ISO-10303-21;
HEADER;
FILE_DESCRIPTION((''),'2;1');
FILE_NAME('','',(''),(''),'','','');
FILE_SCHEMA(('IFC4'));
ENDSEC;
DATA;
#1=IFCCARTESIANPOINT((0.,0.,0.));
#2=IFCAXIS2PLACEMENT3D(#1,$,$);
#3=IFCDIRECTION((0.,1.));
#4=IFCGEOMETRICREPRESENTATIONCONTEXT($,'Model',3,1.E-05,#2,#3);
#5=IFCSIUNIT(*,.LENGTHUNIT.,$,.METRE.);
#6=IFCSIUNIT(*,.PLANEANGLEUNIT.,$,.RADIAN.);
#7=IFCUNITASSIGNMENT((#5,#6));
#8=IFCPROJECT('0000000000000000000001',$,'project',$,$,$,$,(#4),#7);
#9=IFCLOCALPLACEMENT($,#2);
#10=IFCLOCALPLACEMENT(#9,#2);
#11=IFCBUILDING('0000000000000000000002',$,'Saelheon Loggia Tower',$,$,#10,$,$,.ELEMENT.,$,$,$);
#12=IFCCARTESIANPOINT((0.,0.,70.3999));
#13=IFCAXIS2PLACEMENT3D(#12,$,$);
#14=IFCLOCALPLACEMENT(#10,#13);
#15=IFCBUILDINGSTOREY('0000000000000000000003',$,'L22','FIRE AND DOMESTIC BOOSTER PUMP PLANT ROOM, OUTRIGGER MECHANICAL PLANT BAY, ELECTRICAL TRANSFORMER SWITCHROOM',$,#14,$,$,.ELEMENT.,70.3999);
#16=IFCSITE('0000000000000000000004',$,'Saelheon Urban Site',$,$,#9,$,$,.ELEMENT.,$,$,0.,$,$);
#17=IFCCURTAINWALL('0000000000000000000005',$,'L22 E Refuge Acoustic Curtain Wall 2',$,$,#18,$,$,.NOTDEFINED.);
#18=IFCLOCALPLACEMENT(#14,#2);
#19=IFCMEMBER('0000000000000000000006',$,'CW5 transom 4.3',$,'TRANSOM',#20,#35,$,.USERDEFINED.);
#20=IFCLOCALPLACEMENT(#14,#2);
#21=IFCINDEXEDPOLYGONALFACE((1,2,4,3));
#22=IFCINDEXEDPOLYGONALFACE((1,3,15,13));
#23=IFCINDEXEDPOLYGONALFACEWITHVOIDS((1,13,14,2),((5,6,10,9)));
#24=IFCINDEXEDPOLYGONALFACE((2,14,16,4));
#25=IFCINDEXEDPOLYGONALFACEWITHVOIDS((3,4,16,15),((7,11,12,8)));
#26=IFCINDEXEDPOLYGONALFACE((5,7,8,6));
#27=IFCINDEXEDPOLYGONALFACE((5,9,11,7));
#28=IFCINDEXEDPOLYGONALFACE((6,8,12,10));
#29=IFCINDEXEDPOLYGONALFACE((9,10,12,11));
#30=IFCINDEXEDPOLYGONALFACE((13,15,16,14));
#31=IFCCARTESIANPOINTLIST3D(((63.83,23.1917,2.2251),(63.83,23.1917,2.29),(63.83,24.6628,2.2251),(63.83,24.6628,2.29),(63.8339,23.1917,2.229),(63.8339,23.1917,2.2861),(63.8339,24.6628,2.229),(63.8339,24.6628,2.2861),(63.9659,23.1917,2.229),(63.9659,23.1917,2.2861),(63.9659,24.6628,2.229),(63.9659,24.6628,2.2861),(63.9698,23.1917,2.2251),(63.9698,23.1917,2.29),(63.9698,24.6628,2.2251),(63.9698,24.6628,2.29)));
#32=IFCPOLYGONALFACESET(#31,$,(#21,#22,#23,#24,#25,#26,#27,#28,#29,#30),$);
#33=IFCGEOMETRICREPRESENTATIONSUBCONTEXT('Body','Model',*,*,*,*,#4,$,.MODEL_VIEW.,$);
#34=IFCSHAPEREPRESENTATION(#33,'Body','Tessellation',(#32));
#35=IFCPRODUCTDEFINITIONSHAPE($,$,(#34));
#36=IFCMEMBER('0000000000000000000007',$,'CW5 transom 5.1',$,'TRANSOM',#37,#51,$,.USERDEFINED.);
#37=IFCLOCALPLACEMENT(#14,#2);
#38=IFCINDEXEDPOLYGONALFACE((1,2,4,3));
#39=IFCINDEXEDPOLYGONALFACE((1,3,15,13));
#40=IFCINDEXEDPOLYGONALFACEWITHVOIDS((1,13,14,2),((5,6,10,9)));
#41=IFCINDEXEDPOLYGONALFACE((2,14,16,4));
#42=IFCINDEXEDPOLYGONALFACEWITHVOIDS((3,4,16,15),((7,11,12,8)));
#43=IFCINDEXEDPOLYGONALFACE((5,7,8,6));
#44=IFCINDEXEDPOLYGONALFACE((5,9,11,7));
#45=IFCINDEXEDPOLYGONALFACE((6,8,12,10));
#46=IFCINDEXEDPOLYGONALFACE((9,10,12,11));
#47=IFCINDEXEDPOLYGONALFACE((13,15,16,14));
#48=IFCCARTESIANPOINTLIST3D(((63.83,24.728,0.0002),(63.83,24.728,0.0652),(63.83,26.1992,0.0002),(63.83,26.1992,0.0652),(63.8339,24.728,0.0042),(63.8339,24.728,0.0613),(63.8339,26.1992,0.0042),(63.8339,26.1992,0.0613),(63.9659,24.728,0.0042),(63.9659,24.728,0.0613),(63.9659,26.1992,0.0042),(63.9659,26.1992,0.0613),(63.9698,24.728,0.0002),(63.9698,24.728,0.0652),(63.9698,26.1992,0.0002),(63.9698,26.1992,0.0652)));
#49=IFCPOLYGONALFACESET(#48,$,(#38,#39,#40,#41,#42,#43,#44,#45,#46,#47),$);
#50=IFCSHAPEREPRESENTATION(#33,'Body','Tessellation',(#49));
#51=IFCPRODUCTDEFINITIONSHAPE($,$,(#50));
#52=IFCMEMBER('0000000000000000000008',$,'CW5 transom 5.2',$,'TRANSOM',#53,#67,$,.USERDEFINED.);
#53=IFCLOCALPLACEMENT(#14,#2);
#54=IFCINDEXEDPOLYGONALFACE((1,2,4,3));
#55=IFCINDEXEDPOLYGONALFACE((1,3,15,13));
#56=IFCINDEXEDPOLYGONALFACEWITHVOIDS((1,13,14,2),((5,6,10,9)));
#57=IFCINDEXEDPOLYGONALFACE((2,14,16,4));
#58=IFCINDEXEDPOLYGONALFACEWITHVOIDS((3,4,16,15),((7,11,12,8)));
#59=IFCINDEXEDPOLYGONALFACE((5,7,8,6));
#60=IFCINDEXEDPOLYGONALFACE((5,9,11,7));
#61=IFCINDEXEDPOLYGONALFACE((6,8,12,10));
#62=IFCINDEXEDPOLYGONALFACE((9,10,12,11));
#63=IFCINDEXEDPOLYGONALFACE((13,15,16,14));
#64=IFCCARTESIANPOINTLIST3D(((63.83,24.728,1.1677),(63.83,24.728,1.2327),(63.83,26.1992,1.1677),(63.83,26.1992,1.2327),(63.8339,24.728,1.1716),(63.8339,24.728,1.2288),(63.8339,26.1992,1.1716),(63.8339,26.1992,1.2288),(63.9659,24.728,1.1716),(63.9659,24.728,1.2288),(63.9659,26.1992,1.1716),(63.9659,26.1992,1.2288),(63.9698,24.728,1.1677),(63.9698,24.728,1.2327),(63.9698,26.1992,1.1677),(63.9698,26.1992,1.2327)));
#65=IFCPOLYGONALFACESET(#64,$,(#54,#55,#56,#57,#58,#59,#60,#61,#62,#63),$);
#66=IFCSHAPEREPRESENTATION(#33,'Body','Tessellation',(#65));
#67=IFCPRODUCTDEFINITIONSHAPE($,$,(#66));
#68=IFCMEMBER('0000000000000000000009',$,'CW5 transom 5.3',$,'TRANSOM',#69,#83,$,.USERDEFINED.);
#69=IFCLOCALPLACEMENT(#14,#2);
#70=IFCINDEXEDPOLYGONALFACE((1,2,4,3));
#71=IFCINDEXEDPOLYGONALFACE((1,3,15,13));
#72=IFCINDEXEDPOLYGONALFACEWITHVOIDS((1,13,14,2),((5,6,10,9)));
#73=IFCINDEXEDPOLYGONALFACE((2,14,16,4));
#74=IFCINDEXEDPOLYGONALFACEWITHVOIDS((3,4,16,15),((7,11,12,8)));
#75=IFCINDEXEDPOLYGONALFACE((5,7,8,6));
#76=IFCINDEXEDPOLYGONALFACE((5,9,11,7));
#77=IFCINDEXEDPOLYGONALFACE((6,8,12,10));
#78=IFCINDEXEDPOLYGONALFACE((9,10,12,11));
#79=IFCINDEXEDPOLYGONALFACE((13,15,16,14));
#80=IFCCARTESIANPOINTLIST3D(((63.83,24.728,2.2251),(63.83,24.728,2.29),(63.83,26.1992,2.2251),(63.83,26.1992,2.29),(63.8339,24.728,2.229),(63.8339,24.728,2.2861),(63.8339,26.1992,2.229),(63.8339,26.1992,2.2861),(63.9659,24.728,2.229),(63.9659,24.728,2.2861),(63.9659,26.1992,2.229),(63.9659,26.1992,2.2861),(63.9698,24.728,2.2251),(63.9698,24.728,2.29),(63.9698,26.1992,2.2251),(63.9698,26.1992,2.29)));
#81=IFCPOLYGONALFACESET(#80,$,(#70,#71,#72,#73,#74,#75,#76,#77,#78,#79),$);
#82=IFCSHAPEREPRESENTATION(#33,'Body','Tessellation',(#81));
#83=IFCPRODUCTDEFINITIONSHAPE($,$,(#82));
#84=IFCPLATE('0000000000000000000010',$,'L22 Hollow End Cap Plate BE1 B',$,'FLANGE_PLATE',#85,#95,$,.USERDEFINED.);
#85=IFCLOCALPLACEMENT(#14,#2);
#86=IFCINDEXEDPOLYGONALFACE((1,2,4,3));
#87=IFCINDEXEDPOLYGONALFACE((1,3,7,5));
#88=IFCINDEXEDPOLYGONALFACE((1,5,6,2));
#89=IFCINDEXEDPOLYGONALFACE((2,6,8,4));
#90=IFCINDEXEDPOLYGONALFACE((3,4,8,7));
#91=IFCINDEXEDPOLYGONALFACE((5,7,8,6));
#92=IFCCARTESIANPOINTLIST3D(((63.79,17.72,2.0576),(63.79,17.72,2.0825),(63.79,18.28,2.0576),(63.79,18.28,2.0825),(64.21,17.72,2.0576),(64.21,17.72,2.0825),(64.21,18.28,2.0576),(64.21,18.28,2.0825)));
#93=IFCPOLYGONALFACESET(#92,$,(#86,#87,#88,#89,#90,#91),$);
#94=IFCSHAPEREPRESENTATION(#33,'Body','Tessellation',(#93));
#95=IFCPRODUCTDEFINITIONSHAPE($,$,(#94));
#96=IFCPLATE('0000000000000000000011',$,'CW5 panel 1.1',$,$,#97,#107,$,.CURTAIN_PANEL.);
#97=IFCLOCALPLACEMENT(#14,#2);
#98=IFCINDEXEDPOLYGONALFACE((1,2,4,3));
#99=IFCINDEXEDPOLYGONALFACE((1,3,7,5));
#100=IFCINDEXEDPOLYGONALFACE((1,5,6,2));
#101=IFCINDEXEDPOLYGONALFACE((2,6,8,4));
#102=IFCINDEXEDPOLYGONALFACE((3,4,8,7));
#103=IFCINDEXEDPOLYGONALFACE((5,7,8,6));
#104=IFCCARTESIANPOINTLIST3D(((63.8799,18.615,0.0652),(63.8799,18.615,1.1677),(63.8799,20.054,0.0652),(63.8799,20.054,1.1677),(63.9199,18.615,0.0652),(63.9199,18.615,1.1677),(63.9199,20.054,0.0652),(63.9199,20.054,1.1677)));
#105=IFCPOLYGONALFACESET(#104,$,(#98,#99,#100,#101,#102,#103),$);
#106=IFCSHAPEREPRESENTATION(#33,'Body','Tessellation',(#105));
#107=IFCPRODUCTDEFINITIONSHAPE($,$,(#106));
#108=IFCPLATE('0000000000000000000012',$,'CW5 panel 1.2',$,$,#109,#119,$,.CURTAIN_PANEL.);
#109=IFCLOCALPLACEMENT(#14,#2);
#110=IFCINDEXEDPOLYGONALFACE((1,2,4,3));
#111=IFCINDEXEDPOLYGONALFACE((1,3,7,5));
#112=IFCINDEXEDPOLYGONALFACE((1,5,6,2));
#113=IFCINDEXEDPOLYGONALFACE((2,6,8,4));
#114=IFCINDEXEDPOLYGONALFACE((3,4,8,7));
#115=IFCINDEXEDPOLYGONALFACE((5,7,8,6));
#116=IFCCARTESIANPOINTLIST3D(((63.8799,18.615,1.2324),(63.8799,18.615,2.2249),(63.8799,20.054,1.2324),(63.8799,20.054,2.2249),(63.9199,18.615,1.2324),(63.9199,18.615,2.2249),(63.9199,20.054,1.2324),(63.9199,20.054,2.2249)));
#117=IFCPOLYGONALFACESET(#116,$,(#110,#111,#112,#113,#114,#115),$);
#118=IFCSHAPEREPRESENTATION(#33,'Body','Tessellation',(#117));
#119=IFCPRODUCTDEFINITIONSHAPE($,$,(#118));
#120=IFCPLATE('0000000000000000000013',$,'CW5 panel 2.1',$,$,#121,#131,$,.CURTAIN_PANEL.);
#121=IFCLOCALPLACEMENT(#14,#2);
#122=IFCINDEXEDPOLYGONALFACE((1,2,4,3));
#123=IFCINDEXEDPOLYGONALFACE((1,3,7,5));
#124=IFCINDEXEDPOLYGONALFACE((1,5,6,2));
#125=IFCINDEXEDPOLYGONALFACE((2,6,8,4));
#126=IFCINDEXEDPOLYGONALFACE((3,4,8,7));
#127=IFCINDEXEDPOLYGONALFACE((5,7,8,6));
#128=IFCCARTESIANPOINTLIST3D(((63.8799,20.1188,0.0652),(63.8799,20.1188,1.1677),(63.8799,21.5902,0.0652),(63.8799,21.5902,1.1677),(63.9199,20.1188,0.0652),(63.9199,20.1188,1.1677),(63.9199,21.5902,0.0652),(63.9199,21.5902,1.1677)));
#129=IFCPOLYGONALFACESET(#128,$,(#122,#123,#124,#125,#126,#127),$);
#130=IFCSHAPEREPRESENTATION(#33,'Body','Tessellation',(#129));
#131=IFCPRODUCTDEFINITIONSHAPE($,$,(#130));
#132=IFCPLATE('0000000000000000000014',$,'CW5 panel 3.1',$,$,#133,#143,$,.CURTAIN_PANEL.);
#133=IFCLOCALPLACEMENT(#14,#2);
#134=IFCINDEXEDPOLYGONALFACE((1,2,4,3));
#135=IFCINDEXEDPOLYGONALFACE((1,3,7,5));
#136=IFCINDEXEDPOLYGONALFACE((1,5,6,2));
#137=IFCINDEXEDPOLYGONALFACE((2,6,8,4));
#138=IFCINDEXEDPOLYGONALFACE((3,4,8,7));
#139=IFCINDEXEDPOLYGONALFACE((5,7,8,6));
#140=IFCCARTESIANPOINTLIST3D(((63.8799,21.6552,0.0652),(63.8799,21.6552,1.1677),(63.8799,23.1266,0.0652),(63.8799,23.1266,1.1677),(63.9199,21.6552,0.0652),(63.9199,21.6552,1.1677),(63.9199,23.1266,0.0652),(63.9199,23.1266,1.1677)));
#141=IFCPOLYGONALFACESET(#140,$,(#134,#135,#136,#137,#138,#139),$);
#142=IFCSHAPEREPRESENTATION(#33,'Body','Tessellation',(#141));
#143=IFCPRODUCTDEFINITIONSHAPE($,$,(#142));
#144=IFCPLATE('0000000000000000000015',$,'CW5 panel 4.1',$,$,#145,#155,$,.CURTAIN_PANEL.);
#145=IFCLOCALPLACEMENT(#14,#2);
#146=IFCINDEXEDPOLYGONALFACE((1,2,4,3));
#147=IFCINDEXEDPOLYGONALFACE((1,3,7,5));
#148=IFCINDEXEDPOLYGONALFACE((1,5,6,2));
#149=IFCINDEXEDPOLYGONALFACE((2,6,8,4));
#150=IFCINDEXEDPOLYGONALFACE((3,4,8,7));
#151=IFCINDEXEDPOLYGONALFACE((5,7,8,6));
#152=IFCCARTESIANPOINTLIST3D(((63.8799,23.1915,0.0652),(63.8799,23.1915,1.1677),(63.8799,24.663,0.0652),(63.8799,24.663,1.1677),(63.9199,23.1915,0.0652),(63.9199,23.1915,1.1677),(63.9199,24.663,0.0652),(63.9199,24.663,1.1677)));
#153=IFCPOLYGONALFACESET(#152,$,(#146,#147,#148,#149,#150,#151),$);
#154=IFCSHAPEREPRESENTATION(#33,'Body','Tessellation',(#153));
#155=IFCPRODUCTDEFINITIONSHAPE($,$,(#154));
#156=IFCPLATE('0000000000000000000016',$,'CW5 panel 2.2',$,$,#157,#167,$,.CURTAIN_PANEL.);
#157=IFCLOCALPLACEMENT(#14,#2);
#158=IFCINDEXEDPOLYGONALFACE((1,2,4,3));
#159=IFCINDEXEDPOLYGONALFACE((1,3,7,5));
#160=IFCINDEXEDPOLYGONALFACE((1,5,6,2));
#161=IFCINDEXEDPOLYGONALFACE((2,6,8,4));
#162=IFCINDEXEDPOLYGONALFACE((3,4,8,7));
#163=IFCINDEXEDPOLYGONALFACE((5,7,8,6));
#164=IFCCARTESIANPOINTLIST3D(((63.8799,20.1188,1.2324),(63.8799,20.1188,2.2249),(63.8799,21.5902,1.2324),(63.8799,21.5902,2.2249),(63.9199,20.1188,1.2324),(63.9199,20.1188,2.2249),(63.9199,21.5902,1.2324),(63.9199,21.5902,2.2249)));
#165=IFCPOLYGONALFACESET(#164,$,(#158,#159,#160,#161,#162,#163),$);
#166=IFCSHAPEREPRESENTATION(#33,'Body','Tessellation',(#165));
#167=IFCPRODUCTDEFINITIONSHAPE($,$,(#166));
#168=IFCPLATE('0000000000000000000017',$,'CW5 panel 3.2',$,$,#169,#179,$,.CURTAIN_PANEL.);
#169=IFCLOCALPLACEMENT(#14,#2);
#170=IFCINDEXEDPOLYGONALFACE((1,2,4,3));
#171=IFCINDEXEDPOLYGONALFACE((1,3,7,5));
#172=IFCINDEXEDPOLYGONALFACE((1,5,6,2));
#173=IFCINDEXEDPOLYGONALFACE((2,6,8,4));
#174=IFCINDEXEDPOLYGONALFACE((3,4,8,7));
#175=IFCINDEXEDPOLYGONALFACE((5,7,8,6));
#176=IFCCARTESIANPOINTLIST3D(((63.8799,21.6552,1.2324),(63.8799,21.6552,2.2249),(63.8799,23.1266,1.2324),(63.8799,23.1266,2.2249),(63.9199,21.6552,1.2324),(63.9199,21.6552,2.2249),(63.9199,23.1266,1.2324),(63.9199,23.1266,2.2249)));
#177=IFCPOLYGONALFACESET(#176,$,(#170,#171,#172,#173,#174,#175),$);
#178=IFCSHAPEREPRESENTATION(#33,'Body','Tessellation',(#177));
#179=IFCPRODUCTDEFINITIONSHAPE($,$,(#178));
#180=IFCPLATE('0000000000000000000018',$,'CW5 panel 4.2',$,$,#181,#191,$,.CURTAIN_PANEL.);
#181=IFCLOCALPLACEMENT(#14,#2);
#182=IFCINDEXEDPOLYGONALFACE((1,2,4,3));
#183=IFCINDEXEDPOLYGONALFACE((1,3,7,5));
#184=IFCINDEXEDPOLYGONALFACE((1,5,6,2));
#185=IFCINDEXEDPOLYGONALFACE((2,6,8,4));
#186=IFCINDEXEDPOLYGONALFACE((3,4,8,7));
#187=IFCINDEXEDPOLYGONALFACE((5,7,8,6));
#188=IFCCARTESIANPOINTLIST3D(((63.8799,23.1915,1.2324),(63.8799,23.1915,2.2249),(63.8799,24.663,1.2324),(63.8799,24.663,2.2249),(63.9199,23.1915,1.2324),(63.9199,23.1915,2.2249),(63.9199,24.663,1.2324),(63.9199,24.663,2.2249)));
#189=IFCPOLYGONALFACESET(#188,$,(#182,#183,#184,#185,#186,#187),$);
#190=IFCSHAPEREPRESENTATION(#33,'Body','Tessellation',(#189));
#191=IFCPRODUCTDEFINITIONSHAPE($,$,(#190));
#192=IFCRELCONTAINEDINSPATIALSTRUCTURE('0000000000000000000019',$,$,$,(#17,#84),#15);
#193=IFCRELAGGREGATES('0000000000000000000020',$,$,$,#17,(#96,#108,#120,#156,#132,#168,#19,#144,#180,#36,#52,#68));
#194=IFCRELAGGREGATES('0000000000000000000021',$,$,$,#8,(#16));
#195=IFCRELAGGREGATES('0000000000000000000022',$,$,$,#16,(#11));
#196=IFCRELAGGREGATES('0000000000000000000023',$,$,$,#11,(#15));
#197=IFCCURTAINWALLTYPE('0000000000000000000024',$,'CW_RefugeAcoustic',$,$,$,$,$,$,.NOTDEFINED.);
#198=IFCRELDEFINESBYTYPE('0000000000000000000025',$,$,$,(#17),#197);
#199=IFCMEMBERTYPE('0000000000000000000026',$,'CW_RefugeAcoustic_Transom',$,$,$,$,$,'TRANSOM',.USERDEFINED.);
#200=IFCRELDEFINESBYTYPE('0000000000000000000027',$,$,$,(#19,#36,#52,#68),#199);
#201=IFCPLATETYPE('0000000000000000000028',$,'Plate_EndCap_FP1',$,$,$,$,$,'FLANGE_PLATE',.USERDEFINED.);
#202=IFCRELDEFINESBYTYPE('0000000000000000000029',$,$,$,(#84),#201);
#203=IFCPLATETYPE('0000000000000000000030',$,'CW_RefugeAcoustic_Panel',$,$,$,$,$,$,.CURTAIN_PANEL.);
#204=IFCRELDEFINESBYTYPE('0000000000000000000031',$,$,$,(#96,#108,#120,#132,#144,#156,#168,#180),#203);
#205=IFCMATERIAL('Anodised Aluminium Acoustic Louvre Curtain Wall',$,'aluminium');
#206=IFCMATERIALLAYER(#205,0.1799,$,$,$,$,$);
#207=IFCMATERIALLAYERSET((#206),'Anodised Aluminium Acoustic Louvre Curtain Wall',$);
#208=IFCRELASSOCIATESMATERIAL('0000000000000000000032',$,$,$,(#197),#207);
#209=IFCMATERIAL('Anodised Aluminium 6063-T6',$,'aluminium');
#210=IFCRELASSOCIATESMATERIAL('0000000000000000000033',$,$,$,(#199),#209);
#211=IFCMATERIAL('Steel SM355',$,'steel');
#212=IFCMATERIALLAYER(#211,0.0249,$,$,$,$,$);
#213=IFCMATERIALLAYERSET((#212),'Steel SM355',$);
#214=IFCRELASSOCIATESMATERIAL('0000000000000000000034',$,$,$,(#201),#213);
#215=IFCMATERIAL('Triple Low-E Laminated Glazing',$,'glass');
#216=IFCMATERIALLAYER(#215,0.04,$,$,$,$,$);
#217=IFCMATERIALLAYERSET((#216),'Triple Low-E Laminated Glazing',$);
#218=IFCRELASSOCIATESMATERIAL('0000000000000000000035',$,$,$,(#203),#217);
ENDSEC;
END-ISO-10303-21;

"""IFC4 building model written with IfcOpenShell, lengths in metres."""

from ifc_helpers import new_model, si_unit, direction, frame, origin, origin_2d, place, context, subcontext, project, spatial, rectangle, hollow_rectangle, extrude, source, transform, mapped, material, layer, layer_set, material_profile, profile_set, type_object, element, aggregate, save


model = new_model("IFC4")

# Units and contexts
model_context = context("Model", 3, precision=1e-05, world=origin(), true_north=direction((0.0, 1.0)))
body_context = subcontext(model_context, "Body", "Model", "MODEL_VIEW")
ifc_project = project(units=[si_unit("LENGTHUNIT", "METRE"), si_unit("PLANEANGLEUNIT", "RADIAN")], contexts=[model_context])

# Site, building, storey
site_placement = place(None, origin())
site = spatial("IfcSite", under=ifc_project, at=site_placement, Name="Saelheon Urban Site", CompositionType="ELEMENT", RefElevation=0.0)
building_placement = place(site_placement, origin())
building = spatial("IfcBuilding", under=site, at=building_placement, Name="Saelheon Loggia Tower", CompositionType="ELEMENT")
storey_placement = place(building_placement, frame((0.0, 0.0, 70.3999)))
storey = spatial("IfcBuildingStorey", under=building, at=storey_placement, Name="L22", Description="FIRE AND DOMESTIC BOOSTER PUMP PLANT ROOM, OUTRIGGER MECHANICAL PLANT BAY, ELECTRICAL TRANSFORMER SWITCHROOM", CompositionType="ELEMENT", Elevation=70.3999)

# Shared definitions
ifc_material_1 = material(Name="Anodised Aluminium Acoustic Louvre Curtain Wall", Category="aluminium")
ifc_layer_1 = layer(ifc_material_1, 0.1799)
ifc_layer_set_1 = layer_set([ifc_layer_1], Name="Anodised Aluminium Acoustic Louvre Curtain Wall")
curtain_wall_type = type_object("IfcCurtainWallType", Name="CW_RefugeAcoustic", PredefinedType="NOTDEFINED", material=ifc_layer_set_1)
ifc_material_2 = material(Name="Anodised Aluminium 6063-T6", Category="aluminium")

# Curtain wall, members
curtain_wall_1_placement = place(storey_placement, origin())
curtain_wall_1 = element("IfcCurtainWall", 1, at=curtain_wall_1_placement, inside=storey, type_object=curtain_wall_type, Name="L22 E Refuge Acoustic Curtain Wall 2", PredefinedType="NOTDEFINED")
ifc_material_profile_1 = material_profile(ifc_material_2, hollow_rectangle(XDim=0.0649, YDim=0.1399, WallThickness=0.0039, at=origin_2d()), Name="RHS-140x65x4")
ifc_profile_set_1 = profile_set([ifc_material_profile_1], Name="Anodised Aluminium 6063-T6")
member_type_1 = type_object("IfcMemberType", Name="CW_RefugeAcoustic_Transom", ElementType="TRANSOM", PredefinedType="USERDEFINED", material=ifc_profile_set_1)
shared_shape_1 = source(origin(), body_context, "Body", "SweptSolid", [
    extrude(hollow_rectangle(XDim=0.0649, YDim=0.1399, WallThickness=0.0039, at=origin_2d()), origin(), (0.0, 0.0, 1.0), 1.4712),
])
member_1_placement = place(storey_placement, frame((63.8999, 23.1917, 2.2576), z_axis=(0.0, 1.0, 0.0), x_axis=(0.0, 0.0, 1.0)))
member_1 = element("IfcMember", 2, at=member_1_placement, type_object=member_type_1, Name="CW5 transom 4.3", ObjectType="TRANSOM", PredefinedType="USERDEFINED", context=body_context, shape_type="MappedRepresentation", body=[
    mapped(shared_shape_1, transform((0.0, 0.0, 0.0), scale=1.0)),
])
member_2_placement = place(storey_placement, frame((63.8999, 24.728, 0.0327), z_axis=(0.0, 1.0, 0.0), x_axis=(0.0, 0.0, 1.0)))
member_2 = element("IfcMember", 3, at=member_2_placement, type_object=member_type_1, Name="CW5 transom 5.1", ObjectType="TRANSOM", PredefinedType="USERDEFINED", context=body_context, shape_type="MappedRepresentation", body=[
    mapped(shared_shape_1, transform((0.0, 0.0, 0.0), scale=1.0)),
])
member_3_placement = place(storey_placement, frame((63.8999, 24.728, 1.2002), z_axis=(0.0, 1.0, 0.0), x_axis=(0.0, 0.0, 1.0)))
member_3 = element("IfcMember", 4, at=member_3_placement, type_object=member_type_1, Name="CW5 transom 5.2", ObjectType="TRANSOM", PredefinedType="USERDEFINED", context=body_context, shape_type="MappedRepresentation", body=[
    mapped(shared_shape_1, transform((0.0, 0.0, 0.0), scale=1.0)),
])
member_4_placement = place(storey_placement, frame((63.8999, 24.728, 2.2576), z_axis=(0.0, 1.0, 0.0), x_axis=(0.0, 0.0, 1.0)))
member_4 = element("IfcMember", 5, at=member_4_placement, type_object=member_type_1, Name="CW5 transom 5.3", ObjectType="TRANSOM", PredefinedType="USERDEFINED", context=body_context, shape_type="MappedRepresentation", body=[
    mapped(shared_shape_1, transform((0.0, 0.0, 0.0), scale=1.0)),
])

# Plates
ifc_material_3 = material(Name="Steel SM355", Category="steel")
ifc_layer_2 = layer(ifc_material_3, 0.0249)
ifc_layer_set_2 = layer_set([ifc_layer_2], Name="Steel SM355")
plate_type_1 = type_object("IfcPlateType", Name="Plate_EndCap_FP1", ElementType="FLANGE_PLATE", PredefinedType="USERDEFINED", material=ifc_layer_set_2)
shared_shape_2 = source(origin(), body_context, "Body", "SweptSolid", [
    extrude(rectangle(XDim=0.5601, YDim=0.4199, at=origin_2d()), origin(), (0.0, 0.0, 1.0), 0.0249),
])
plate_1_placement = place(storey_placement, frame((64.0, 18.0, 2.0576), z_axis=(0.0, 0.0, 1.0), x_axis=(0.0, 1.0, 0.0)))
element("IfcPlate", 6, at=plate_1_placement, inside=storey, type_object=plate_type_1, Name="L22 Hollow End Cap Plate BE1 B", ObjectType="FLANGE_PLATE", PredefinedType="USERDEFINED", context=body_context, shape_type="MappedRepresentation", body=[
    mapped(shared_shape_2, transform((0.0, 0.0, 0.0), scale=1.0)),
])
ifc_material_4 = material(Name="Triple Low-E Laminated Glazing", Category="glass")
ifc_layer_3 = layer(ifc_material_4, 0.04)
ifc_layer_set_3 = layer_set([ifc_layer_3], Name="Triple Low-E Laminated Glazing")
plate_type_2 = type_object("IfcPlateType", Name="CW_RefugeAcoustic_Panel", PredefinedType="CURTAIN_PANEL", material=ifc_layer_set_3)
shared_shape_3 = source(origin(), body_context, "Body", "SweptSolid", [
    extrude(rectangle(XDim=1.439, YDim=0.04, at=origin_2d()), origin(), (0.0, 0.0, 1.0), 1.1025),
])
plate_2_placement = place(storey_placement, frame((63.8999, 19.3345, 0.0652), z_axis=(0.0, 0.0, 1.0), x_axis=(0.0, 1.0, 0.0)))
plate_2 = element("IfcPlate", 7, at=plate_2_placement, type_object=plate_type_2, Name="CW5 panel 1.1", PredefinedType="CURTAIN_PANEL", context=body_context, shape_type="MappedRepresentation", body=[
    mapped(shared_shape_3, transform((0.0, 0.0, 0.0), scale=1.0)),
])
shared_shape_4 = source(origin(), body_context, "Body", "SweptSolid", [
    extrude(rectangle(XDim=1.439, YDim=0.04, at=origin_2d()), origin(), (0.0, 0.0, 1.0), 0.9924),
])
plate_3_placement = place(storey_placement, frame((63.8999, 19.3345, 1.2324), z_axis=(0.0, 0.0, 1.0), x_axis=(0.0, 1.0, 0.0)))
plate_3 = element("IfcPlate", 8, at=plate_3_placement, type_object=plate_type_2, Name="CW5 panel 1.2", PredefinedType="CURTAIN_PANEL", context=body_context, shape_type="MappedRepresentation", body=[
    mapped(shared_shape_4, transform((0.0, 0.0, 0.0), scale=1.0)),
])
shared_shape_5 = source(origin(), body_context, "Body", "SweptSolid", [
    extrude(rectangle(XDim=1.4714, YDim=0.04, at=origin_2d()), origin(), (0.0, 0.0, 1.0), 1.1025),
])
plate_4_placement = place(storey_placement, frame((63.8999, 20.8545, 0.0652), z_axis=(0.0, 0.0, 1.0), x_axis=(0.0, 1.0, 0.0)))
plate_4 = element("IfcPlate", 9, at=plate_4_placement, type_object=plate_type_2, Name="CW5 panel 2.1", PredefinedType="CURTAIN_PANEL", context=body_context, shape_type="MappedRepresentation", body=[
    mapped(shared_shape_5, transform((0.0, 0.0, 0.0), scale=1.0)),
])
plate_5_placement = place(storey_placement, frame((63.8999, 22.3909, 0.0652), z_axis=(0.0, 0.0, 1.0), x_axis=(0.0, 1.0, 0.0)))
plate_5 = element("IfcPlate", 10, at=plate_5_placement, type_object=plate_type_2, Name="CW5 panel 3.1", PredefinedType="CURTAIN_PANEL", context=body_context, shape_type="MappedRepresentation", body=[
    mapped(shared_shape_5, transform((0.0, 0.0, 0.0), scale=1.0)),
])
plate_6_placement = place(storey_placement, frame((63.8999, 23.9272, 0.0652), z_axis=(0.0, 0.0, 1.0), x_axis=(0.0, 1.0, 0.0)))
plate_6 = element("IfcPlate", 11, at=plate_6_placement, type_object=plate_type_2, Name="CW5 panel 4.1", PredefinedType="CURTAIN_PANEL", context=body_context, shape_type="MappedRepresentation", body=[
    mapped(shared_shape_5, transform((0.0, 0.0, 0.0), scale=1.0)),
])
shared_shape_6 = source(origin(), body_context, "Body", "SweptSolid", [
    extrude(rectangle(XDim=1.4714, YDim=0.04, at=origin_2d()), origin(), (0.0, 0.0, 1.0), 0.9924),
])
plate_7_placement = place(storey_placement, frame((63.8999, 20.8545, 1.2324), z_axis=(0.0, 0.0, 1.0), x_axis=(0.0, 1.0, 0.0)))
plate_7 = element("IfcPlate", 12, at=plate_7_placement, type_object=plate_type_2, Name="CW5 panel 2.2", PredefinedType="CURTAIN_PANEL", context=body_context, shape_type="MappedRepresentation", body=[
    mapped(shared_shape_6, transform((0.0, 0.0, 0.0), scale=1.0)),
])
plate_8_placement = place(storey_placement, frame((63.8999, 22.3909, 1.2324), z_axis=(0.0, 0.0, 1.0), x_axis=(0.0, 1.0, 0.0)))
plate_8 = element("IfcPlate", 13, at=plate_8_placement, type_object=plate_type_2, Name="CW5 panel 3.2", PredefinedType="CURTAIN_PANEL", context=body_context, shape_type="MappedRepresentation", body=[
    mapped(shared_shape_6, transform((0.0, 0.0, 0.0), scale=1.0)),
])
plate_9_placement = place(storey_placement, frame((63.8999, 23.9272, 1.2324), z_axis=(0.0, 0.0, 1.0), x_axis=(0.0, 1.0, 0.0)))
plate_9 = element("IfcPlate", 14, at=plate_9_placement, type_object=plate_type_2, Name="CW5 panel 4.2", PredefinedType="CURTAIN_PANEL", context=body_context, shape_type="MappedRepresentation", body=[
    mapped(shared_shape_6, transform((0.0, 0.0, 0.0), scale=1.0)),
])
aggregate(curtain_wall_1, [plate_2, plate_3, plate_4, plate_7, plate_5, plate_8, member_1, plate_6, plate_9, member_2, member_3, member_4])

save(model, "model.ifc")
